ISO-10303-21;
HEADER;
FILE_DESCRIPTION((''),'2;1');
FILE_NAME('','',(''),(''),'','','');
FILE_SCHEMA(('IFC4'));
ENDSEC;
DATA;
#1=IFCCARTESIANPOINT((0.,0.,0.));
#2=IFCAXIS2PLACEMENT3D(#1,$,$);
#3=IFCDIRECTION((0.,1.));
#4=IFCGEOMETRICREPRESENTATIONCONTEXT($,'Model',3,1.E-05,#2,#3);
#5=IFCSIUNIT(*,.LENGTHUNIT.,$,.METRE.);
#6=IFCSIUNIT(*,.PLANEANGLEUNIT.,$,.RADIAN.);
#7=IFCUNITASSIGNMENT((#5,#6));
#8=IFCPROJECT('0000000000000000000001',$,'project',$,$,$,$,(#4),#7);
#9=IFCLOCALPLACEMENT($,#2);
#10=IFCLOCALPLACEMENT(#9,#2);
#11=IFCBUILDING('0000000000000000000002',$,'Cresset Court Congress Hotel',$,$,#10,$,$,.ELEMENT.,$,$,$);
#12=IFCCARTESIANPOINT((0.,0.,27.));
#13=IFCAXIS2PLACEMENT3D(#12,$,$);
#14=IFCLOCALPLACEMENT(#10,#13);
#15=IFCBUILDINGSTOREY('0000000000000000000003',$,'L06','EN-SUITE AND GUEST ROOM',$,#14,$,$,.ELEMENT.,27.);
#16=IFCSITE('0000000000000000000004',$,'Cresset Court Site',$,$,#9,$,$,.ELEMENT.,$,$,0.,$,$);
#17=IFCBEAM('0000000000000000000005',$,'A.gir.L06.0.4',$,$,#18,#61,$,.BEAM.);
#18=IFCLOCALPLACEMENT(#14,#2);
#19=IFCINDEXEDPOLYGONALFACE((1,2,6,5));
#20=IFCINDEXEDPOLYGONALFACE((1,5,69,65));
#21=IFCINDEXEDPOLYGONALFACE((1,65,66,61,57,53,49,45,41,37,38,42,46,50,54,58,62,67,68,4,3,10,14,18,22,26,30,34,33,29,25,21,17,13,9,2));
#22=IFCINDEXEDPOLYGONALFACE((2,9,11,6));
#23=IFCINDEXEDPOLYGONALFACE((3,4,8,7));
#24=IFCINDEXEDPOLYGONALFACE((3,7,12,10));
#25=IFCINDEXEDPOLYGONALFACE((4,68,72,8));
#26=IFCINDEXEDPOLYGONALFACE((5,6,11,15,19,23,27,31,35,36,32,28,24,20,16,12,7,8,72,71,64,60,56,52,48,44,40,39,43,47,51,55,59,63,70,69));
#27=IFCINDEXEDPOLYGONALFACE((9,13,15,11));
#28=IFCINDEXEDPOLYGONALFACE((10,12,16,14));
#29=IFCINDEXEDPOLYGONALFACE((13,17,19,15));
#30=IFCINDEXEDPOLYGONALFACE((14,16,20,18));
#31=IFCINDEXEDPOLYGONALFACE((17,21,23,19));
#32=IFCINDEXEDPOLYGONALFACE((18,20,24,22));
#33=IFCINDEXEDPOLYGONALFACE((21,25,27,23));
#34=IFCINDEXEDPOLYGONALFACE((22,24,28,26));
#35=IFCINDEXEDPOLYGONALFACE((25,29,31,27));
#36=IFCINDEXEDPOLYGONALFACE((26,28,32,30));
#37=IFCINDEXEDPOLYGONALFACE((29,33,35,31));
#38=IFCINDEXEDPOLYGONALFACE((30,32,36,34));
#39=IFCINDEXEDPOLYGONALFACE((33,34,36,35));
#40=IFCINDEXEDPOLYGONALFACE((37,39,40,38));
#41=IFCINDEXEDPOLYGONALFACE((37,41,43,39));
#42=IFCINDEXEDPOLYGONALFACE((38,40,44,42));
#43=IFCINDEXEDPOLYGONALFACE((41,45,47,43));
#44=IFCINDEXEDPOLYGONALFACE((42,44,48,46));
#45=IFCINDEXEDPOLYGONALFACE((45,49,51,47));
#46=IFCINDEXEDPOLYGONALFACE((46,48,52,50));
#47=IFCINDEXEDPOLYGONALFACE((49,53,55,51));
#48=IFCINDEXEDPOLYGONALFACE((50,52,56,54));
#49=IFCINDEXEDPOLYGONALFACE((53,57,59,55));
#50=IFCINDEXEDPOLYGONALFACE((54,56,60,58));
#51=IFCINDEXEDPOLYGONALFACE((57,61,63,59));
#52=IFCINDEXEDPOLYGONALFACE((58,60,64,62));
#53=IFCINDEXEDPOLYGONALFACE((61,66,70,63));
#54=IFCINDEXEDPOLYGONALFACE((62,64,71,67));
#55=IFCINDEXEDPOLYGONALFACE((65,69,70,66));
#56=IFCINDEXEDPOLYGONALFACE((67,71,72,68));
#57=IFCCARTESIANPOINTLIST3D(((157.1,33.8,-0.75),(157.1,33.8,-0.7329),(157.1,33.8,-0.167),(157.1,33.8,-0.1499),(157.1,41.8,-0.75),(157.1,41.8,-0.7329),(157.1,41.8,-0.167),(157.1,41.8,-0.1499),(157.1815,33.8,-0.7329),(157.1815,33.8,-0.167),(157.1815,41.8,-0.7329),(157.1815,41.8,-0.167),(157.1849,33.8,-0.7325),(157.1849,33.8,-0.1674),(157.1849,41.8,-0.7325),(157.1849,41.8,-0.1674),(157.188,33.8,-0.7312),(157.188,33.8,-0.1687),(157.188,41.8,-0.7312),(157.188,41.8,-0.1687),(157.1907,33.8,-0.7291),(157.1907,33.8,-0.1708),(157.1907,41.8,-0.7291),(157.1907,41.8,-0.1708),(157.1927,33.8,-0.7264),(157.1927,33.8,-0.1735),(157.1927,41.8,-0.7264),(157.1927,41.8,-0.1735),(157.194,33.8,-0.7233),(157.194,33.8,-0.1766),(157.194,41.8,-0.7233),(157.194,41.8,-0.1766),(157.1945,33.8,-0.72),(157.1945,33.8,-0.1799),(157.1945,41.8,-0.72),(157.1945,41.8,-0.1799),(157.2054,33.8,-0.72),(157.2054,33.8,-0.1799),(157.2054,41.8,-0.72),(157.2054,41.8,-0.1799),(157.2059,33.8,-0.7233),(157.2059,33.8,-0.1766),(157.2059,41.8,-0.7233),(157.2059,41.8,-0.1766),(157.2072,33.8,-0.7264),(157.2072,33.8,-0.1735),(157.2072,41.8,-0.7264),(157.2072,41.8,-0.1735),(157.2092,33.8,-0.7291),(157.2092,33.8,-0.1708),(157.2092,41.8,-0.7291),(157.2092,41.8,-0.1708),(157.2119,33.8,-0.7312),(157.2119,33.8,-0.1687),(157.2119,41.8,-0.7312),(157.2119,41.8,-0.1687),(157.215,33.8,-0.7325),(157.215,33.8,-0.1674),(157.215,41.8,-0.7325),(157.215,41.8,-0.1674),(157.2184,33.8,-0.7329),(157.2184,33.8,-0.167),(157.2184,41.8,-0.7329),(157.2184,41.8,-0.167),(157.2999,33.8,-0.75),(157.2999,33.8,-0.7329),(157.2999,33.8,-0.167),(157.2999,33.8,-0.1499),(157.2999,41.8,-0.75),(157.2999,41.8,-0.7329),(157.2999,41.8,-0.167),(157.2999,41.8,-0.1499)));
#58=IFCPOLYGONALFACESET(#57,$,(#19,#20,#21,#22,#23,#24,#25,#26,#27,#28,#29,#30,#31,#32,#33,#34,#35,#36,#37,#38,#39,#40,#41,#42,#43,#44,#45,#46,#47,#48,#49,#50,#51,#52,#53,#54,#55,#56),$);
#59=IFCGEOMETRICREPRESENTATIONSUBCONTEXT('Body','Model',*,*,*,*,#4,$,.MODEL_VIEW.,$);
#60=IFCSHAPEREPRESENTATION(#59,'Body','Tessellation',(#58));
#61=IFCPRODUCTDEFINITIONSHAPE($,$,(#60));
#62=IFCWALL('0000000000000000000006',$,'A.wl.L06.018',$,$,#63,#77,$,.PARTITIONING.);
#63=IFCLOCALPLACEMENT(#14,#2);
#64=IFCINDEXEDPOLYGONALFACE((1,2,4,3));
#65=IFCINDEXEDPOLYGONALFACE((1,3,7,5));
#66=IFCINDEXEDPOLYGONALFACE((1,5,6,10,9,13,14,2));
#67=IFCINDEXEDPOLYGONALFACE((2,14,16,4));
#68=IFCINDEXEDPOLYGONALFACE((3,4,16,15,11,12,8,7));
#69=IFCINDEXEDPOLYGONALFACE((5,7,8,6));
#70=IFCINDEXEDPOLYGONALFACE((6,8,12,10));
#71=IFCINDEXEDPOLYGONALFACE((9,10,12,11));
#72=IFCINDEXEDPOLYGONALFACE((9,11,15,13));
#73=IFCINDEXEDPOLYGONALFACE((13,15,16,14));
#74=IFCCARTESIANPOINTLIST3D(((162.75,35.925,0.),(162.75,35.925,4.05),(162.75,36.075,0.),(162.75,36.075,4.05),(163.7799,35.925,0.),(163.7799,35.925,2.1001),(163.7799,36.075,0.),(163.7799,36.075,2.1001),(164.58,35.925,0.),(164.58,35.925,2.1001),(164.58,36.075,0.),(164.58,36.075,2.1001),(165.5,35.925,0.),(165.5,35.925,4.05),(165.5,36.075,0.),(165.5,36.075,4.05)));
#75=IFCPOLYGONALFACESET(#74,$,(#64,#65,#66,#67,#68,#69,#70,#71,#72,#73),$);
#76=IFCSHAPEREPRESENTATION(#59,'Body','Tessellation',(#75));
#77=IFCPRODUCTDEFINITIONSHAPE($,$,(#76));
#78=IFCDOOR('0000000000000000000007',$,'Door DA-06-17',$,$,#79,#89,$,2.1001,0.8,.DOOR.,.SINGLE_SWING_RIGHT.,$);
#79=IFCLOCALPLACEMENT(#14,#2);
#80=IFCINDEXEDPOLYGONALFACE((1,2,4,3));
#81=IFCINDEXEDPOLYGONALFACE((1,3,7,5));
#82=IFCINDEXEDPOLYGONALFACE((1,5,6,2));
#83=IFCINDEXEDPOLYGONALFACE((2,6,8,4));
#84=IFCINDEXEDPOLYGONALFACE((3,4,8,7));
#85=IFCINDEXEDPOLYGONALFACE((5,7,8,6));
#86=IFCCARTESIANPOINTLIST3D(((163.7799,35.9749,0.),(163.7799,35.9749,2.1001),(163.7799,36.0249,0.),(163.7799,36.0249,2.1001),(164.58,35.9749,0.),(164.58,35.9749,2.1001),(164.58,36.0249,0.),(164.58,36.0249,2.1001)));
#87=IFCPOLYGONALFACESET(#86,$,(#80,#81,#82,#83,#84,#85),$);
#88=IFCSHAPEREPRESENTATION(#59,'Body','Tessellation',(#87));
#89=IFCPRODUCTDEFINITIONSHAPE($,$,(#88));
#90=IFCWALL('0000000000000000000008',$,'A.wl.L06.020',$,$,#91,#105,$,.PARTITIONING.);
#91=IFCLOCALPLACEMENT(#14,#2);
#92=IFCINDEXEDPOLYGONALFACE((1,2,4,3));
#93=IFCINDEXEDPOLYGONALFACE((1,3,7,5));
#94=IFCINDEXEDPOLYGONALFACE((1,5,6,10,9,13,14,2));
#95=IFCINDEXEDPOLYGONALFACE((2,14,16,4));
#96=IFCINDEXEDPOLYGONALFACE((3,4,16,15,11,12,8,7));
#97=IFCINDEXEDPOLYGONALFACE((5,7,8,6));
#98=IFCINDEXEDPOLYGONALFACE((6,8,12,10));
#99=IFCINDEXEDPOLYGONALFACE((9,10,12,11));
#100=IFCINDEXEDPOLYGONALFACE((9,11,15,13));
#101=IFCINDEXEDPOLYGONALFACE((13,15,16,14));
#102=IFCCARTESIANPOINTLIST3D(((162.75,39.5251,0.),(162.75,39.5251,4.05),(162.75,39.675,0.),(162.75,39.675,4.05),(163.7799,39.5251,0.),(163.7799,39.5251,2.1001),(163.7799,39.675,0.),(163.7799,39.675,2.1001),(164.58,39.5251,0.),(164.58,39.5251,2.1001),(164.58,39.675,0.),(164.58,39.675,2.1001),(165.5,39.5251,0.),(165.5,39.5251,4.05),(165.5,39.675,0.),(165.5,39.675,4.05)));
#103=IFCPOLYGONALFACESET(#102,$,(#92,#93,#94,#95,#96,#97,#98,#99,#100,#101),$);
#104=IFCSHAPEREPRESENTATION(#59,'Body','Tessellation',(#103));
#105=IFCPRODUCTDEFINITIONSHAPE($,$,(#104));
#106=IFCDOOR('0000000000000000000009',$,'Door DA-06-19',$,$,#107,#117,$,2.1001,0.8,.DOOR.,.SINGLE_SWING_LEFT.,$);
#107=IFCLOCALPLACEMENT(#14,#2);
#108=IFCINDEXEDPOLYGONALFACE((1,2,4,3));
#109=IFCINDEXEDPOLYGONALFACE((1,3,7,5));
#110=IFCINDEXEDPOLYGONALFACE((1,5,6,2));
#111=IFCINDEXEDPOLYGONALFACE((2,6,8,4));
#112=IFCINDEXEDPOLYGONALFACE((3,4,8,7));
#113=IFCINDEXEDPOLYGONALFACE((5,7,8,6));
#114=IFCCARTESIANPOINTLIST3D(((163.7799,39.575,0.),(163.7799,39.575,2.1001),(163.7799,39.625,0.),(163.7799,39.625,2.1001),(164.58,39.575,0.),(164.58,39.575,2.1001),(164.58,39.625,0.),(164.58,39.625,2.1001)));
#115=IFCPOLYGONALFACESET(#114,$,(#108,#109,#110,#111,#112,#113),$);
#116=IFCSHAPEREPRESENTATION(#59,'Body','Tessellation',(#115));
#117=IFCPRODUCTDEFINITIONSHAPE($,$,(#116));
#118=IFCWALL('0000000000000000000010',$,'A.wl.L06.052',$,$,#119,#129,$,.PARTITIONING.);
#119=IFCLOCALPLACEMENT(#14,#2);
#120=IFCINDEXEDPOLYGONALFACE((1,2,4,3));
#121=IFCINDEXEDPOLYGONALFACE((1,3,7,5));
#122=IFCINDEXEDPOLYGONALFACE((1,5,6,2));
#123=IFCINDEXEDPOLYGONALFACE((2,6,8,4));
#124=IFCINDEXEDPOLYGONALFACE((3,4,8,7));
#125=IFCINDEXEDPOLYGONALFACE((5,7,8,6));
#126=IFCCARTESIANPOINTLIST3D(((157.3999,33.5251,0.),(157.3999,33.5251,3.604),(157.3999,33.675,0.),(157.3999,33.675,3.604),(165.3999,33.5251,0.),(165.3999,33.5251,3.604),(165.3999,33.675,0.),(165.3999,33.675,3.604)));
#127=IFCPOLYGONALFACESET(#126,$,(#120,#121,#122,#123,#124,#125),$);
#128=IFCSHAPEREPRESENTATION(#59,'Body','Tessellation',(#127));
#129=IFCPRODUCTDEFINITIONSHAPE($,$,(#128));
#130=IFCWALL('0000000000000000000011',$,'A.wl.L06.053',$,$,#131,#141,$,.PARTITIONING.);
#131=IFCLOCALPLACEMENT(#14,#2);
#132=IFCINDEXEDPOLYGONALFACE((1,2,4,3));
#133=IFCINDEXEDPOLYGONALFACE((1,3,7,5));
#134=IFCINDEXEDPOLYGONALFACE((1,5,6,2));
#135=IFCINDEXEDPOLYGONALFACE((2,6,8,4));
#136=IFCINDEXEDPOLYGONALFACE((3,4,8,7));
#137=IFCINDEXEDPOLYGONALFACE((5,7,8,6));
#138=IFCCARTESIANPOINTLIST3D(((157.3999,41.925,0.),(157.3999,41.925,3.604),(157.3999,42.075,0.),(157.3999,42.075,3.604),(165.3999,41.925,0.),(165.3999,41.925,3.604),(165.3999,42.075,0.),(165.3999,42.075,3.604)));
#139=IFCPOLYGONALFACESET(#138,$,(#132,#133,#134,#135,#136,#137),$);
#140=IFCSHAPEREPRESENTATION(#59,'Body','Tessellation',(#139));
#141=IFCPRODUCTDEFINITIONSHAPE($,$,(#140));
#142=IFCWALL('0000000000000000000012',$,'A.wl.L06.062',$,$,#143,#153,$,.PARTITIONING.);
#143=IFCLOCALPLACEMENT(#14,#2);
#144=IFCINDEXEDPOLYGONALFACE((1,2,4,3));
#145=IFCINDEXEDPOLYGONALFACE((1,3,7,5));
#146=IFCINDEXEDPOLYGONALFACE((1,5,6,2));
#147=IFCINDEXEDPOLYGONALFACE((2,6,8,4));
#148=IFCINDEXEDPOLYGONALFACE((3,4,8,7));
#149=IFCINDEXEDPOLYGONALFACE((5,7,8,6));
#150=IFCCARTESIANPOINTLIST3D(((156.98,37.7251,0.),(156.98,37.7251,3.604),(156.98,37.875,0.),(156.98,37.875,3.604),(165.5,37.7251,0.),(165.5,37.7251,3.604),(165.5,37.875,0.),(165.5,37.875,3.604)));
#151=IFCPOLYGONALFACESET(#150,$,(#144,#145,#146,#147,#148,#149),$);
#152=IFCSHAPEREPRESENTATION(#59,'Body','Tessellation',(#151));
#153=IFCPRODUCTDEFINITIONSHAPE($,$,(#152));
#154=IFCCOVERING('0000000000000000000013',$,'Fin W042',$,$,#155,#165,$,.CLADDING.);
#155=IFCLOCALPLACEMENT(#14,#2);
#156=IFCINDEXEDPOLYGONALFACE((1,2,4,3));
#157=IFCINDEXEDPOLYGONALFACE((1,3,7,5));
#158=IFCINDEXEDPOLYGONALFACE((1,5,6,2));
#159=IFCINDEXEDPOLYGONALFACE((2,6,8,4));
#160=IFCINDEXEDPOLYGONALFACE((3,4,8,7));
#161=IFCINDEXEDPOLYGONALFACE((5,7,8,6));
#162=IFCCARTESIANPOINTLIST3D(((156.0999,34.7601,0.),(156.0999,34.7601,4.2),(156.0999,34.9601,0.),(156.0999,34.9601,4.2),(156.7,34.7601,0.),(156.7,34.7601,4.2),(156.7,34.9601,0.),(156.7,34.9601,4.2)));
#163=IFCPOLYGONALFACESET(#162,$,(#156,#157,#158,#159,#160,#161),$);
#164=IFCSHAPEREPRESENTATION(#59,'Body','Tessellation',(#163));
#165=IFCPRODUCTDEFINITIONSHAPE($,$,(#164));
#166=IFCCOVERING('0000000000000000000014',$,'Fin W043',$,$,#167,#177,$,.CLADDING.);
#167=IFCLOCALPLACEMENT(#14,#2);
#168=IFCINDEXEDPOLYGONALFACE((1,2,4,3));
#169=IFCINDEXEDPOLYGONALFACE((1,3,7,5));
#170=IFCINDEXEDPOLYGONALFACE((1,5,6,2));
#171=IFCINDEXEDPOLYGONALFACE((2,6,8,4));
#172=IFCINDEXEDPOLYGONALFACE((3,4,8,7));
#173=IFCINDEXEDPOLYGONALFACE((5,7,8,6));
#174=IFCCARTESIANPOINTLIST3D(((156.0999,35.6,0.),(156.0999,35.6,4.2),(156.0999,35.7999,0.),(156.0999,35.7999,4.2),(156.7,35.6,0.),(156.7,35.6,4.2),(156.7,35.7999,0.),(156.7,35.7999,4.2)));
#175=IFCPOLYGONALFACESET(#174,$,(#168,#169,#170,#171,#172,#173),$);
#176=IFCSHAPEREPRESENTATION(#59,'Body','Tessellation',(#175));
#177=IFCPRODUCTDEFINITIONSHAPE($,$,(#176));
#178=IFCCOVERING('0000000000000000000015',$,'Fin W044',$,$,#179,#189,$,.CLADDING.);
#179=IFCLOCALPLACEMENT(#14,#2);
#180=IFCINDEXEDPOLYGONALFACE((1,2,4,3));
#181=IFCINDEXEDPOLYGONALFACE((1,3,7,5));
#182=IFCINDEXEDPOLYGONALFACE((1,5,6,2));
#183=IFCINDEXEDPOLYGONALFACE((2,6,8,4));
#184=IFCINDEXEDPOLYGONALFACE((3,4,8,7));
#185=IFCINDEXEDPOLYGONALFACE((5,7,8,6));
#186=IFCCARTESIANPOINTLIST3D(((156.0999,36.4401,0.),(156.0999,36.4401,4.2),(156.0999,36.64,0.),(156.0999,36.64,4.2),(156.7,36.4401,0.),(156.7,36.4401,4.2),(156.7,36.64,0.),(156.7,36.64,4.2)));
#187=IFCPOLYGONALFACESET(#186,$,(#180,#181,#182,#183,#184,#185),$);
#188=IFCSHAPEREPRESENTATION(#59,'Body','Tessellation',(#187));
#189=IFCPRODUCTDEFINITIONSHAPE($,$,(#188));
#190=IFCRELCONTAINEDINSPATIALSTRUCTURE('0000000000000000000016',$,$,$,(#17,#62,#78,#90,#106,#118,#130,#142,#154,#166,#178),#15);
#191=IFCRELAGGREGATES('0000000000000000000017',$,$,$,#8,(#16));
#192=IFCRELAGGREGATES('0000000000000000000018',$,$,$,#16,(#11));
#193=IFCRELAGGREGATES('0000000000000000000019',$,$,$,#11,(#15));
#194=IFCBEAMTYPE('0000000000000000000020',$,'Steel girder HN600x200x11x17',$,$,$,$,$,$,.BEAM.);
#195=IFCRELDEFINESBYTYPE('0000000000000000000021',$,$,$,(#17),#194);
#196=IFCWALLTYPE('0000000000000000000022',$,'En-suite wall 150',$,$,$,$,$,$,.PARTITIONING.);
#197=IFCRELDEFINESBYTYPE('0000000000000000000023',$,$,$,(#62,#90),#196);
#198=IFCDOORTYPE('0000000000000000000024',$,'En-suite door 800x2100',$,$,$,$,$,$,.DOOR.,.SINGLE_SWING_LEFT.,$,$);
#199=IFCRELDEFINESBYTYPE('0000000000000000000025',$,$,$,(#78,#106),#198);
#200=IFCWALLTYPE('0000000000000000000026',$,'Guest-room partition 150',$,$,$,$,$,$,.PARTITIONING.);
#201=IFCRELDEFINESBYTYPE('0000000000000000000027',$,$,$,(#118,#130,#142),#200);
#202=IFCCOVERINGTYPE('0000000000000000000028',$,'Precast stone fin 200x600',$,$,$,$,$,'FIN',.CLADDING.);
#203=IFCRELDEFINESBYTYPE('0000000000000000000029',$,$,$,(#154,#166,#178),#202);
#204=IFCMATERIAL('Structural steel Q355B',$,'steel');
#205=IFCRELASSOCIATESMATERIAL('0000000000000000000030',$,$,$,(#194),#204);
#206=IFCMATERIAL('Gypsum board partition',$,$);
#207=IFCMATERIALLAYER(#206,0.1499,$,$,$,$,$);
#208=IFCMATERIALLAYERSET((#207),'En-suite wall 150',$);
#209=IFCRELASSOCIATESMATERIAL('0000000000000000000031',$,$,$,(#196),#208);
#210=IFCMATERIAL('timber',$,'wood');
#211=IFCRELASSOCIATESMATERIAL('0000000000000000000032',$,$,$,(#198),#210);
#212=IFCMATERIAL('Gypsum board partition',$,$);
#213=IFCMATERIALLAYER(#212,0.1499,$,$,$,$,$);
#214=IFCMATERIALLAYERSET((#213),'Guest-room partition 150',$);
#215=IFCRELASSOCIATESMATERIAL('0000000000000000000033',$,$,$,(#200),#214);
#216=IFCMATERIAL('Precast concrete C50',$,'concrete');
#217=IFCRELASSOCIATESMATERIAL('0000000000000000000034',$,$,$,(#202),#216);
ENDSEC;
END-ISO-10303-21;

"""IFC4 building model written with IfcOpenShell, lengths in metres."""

from ifc_helpers import new_model, si_unit, direction, frame, frame_2d, origin, origin_2d, place, context, subcontext, project, spatial, rectangle, i_section, extrude, material, layer, layer_set, material_profile, profile_set, type_object, element, fill, save


model = new_model("IFC4")

# Units and contexts
model_context = context("Model", 3, precision=1e-05, world=origin(), true_north=direction((0.0, 1.0)))
body_context = subcontext(model_context, "Body", "Model", "MODEL_VIEW")
ifc_project = project(units=[si_unit("LENGTHUNIT", "METRE"), si_unit("PLANEANGLEUNIT", "RADIAN")], contexts=[model_context])

# Site, building, storey
site_placement = place(None, origin())
site = spatial("IfcSite", under=ifc_project, at=site_placement, Name="Cresset Court Site", CompositionType="ELEMENT", RefElevation=0.0)
building_placement = place(site_placement, origin())
building = spatial("IfcBuilding", under=site, at=building_placement, Name="Cresset Court Congress Hotel", CompositionType="ELEMENT")
storey_placement = place(building_placement, frame((0.0, 0.0, 27.0)))
storey = spatial("IfcBuildingStorey", under=building, at=storey_placement, Name="L06", Description="EN-SUITE AND GUEST ROOM", CompositionType="ELEMENT", Elevation=27.0)

# Beam
ifc_material_1 = material(Name="Structural steel Q355B", Category="steel")
ifc_material_profile_1 = material_profile(ifc_material_1, i_section(OverallWidth=0.2, OverallDepth=0.6001, WebThickness=0.011, FlangeThickness=0.0171, FilletRadius=0.0129, at=origin_2d()), Name="HN600x200x11x17")
ifc_profile_set_1 = profile_set([ifc_material_profile_1], Name="Structural steel Q355B")
beam_type_1 = type_object("IfcBeamType", Name="Steel girder HN600x200x11x17", PredefinedType="BEAM", material=ifc_profile_set_1)
beam_1_placement = place(storey_placement, frame((157.2, 33.8, -0.45), z_axis=(0.0, 1.0, 0.0), x_axis=(-1.0, 0.0, 0.0)))
element("IfcBeam", 1, at=beam_1_placement, inside=storey, type_object=beam_type_1, Name="A.gir.L06.0.4", PredefinedType="BEAM", context=body_context, shape_type="SweptSolid", body=[
    extrude(i_section(OverallWidth=0.2, OverallDepth=0.6001, WebThickness=0.011, FlangeThickness=0.0171, FilletRadius=0.0129, at=origin_2d()), origin(), (0.0, 0.0, 1.0), 8.0),
])

# Walls, openings, doors
ifc_material_2 = material(Name="Gypsum board partition")
ifc_layer_1 = layer(ifc_material_2, 0.1499)
ifc_layer_set_1 = layer_set([ifc_layer_1], Name="En-suite wall 150")
wall_type_1 = type_object("IfcWallType", Name="En-suite wall 150", PredefinedType="PARTITIONING", material=ifc_layer_set_1)
wall_1_placement = place(storey_placement, frame((162.75, 36.0, 0.0), z_axis=(0.0, 0.0, 1.0), x_axis=(1.0, 0.0, 0.0)))
wall_1 = element("IfcWall", 2, at=wall_1_placement, inside=storey, type_object=wall_type_1, Name="A.wl.L06.018", PredefinedType="PARTITIONING", context=body_context, shape_type="SweptSolid", body=[
    extrude(rectangle(XDim=2.75, YDim=0.1499, at=frame_2d((1.375, 0.0))), origin(), (0.0, 0.0, 1.0), 4.05),
])
opening_1_placement = place(wall_1_placement, frame((1.03, 0.0, 0.0)))
opening_1 = element("IfcOpeningElement", 3, at=opening_1_placement, cuts=wall_1, PredefinedType="OPENING", context=body_context, shape_type="SweptSolid", body=[
    extrude(rectangle(XDim=0.8, YDim=2.1001, at=frame_2d((0.3999, 1.05))), frame((0.0, 0.085, 0.0), z_axis=(0.0, -1.0, 0.0), x_axis=(1.0, 0.0, 0.0)), (0.0, 0.0, 1.0), 0.1699),
])
ifc_material_3 = material(Name="timber", Category="wood")
door_type = type_object("IfcDoorType", Name="En-suite door 800x2100", OperationType="SINGLE_SWING_LEFT", PredefinedType="DOOR", material=ifc_material_3)
door_1_placement = place(opening_1_placement, origin())
door_1 = element("IfcDoor", 4, at=door_1_placement, inside=storey, type_object=door_type, Name="Door DA-06-17", OperationType="SINGLE_SWING_RIGHT", OverallHeight=2.1001, OverallWidth=0.8, PredefinedType="DOOR", context=body_context, shape_type="SweptSolid", body=[
    extrude(rectangle(XDim=0.8, YDim=2.1001, at=frame_2d((0.3999, 1.05))), frame((0.0, 0.0249, 0.0), z_axis=(0.0, -1.0, 0.0), x_axis=(1.0, 0.0, 0.0)), (0.0, 0.0, 1.0), 0.05),
])
fill(opening_1, door_1)
wall_2_placement = place(storey_placement, frame((162.75, 39.6001, 0.0), z_axis=(0.0, 0.0, 1.0), x_axis=(1.0, 0.0, 0.0)))
wall_2 = element("IfcWall", 5, at=wall_2_placement, inside=storey, type_object=wall_type_1, Name="A.wl.L06.020", PredefinedType="PARTITIONING", context=body_context, shape_type="SweptSolid", body=[
    extrude(rectangle(XDim=2.75, YDim=0.1499, at=frame_2d((1.375, 0.0))), origin(), (0.0, 0.0, 1.0), 4.05),
])
opening_2_placement = place(wall_2_placement, frame((1.03, 0.0, 0.0)))
opening_2 = element("IfcOpeningElement", 6, at=opening_2_placement, cuts=wall_2, PredefinedType="OPENING", context=body_context, shape_type="SweptSolid", body=[
    extrude(rectangle(XDim=0.8, YDim=2.1001, at=frame_2d((0.3999, 1.05))), frame((0.0, 0.085, 0.0), z_axis=(0.0, -1.0, 0.0), x_axis=(1.0, 0.0, 0.0)), (0.0, 0.0, 1.0), 0.1699),
])
door_2_placement = place(opening_2_placement, origin())
door_2 = element("IfcDoor", 7, at=door_2_placement, inside=storey, type_object=door_type, Name="Door DA-06-19", OperationType="SINGLE_SWING_LEFT", OverallHeight=2.1001, OverallWidth=0.8, PredefinedType="DOOR", context=body_context, shape_type="SweptSolid", body=[
    extrude(rectangle(XDim=0.8, YDim=2.1001, at=frame_2d((0.3999, 1.05))), frame((0.0, 0.0249, 0.0), z_axis=(0.0, -1.0, 0.0), x_axis=(1.0, 0.0, 0.0)), (0.0, 0.0, 1.0), 0.05),
])
fill(opening_2, door_2)

# Walls
ifc_material_4 = material(Name="Gypsum board partition")
ifc_layer_2 = layer(ifc_material_4, 0.1499)
ifc_layer_set_2 = layer_set([ifc_layer_2], Name="Guest-room partition 150")
wall_type_2 = type_object("IfcWallType", Name="Guest-room partition 150", PredefinedType="PARTITIONING", material=ifc_layer_set_2)
for number, where, z_axis, x_axis, name in (
    (8, (157.3999, 33.6001, 0.0), (0.0, 0.0, 1.0), (1.0, 0.0, 0.0), "A.wl.L06.052"),
    (9, (157.3999, 42.0, 0.0), (0.0, 0.0, 1.0), (1.0, 0.0, 0.0), "A.wl.L06.053"),
):
    element("IfcWall", number, at=place(storey_placement, frame(where, z_axis=z_axis, x_axis=x_axis)), inside=storey, type_object=wall_type_2, Name=name, PredefinedType="PARTITIONING", context=body_context, shape_type="SweptSolid", body=[
        extrude(rectangle(XDim=8.0, YDim=0.1499, at=frame_2d((4.0, 0.0))), origin(), (0.0, 0.0, 1.0), 3.604),
    ])
wall_3_placement = place(storey_placement, frame((156.98, 37.8, 0.0), z_axis=(0.0, 0.0, 1.0), x_axis=(1.0, 0.0, 0.0)))
element("IfcWall", 10, at=wall_3_placement, inside=storey, type_object=wall_type_2, Name="A.wl.L06.062", PredefinedType="PARTITIONING", context=body_context, shape_type="SweptSolid", body=[
    extrude(rectangle(XDim=8.52, YDim=0.1499, at=frame_2d((4.26, 0.0))), origin(), (0.0, 0.0, 1.0), 3.604),
])

# Coverings
ifc_material_5 = material(Name="Precast concrete C50", Category="concrete")
covering_type_1 = type_object("IfcCoveringType", Name="Precast stone fin 200x600", ElementType="FIN", PredefinedType="CLADDING", material=ifc_material_5)
for number, where, z_axis, x_axis, name in (
    (11, (156.3999, 34.8601, 0.0), (0.0, 0.0, 1.0), (1.0, 0.0, 0.0), "Fin W042"),
    (12, (156.3999, 35.7, 0.0), (0.0, 0.0, 1.0), (1.0, 0.0, 0.0), "Fin W043"),
    (13, (156.3999, 36.54, 0.0), (0.0, 0.0, 1.0), (1.0, 0.0, 0.0), "Fin W044"),
):
    element("IfcCovering", number, at=place(storey_placement, frame(where, z_axis=z_axis, x_axis=x_axis)), inside=storey, type_object=covering_type_1, Name=name, PredefinedType="CLADDING", context=body_context, shape_type="SweptSolid", body=[
        extrude(rectangle(XDim=0.6001, YDim=0.2, at=origin_2d()), origin(), (0.0, 0.0, 1.0), 4.2),
    ])

save(model, "model.ifc")
